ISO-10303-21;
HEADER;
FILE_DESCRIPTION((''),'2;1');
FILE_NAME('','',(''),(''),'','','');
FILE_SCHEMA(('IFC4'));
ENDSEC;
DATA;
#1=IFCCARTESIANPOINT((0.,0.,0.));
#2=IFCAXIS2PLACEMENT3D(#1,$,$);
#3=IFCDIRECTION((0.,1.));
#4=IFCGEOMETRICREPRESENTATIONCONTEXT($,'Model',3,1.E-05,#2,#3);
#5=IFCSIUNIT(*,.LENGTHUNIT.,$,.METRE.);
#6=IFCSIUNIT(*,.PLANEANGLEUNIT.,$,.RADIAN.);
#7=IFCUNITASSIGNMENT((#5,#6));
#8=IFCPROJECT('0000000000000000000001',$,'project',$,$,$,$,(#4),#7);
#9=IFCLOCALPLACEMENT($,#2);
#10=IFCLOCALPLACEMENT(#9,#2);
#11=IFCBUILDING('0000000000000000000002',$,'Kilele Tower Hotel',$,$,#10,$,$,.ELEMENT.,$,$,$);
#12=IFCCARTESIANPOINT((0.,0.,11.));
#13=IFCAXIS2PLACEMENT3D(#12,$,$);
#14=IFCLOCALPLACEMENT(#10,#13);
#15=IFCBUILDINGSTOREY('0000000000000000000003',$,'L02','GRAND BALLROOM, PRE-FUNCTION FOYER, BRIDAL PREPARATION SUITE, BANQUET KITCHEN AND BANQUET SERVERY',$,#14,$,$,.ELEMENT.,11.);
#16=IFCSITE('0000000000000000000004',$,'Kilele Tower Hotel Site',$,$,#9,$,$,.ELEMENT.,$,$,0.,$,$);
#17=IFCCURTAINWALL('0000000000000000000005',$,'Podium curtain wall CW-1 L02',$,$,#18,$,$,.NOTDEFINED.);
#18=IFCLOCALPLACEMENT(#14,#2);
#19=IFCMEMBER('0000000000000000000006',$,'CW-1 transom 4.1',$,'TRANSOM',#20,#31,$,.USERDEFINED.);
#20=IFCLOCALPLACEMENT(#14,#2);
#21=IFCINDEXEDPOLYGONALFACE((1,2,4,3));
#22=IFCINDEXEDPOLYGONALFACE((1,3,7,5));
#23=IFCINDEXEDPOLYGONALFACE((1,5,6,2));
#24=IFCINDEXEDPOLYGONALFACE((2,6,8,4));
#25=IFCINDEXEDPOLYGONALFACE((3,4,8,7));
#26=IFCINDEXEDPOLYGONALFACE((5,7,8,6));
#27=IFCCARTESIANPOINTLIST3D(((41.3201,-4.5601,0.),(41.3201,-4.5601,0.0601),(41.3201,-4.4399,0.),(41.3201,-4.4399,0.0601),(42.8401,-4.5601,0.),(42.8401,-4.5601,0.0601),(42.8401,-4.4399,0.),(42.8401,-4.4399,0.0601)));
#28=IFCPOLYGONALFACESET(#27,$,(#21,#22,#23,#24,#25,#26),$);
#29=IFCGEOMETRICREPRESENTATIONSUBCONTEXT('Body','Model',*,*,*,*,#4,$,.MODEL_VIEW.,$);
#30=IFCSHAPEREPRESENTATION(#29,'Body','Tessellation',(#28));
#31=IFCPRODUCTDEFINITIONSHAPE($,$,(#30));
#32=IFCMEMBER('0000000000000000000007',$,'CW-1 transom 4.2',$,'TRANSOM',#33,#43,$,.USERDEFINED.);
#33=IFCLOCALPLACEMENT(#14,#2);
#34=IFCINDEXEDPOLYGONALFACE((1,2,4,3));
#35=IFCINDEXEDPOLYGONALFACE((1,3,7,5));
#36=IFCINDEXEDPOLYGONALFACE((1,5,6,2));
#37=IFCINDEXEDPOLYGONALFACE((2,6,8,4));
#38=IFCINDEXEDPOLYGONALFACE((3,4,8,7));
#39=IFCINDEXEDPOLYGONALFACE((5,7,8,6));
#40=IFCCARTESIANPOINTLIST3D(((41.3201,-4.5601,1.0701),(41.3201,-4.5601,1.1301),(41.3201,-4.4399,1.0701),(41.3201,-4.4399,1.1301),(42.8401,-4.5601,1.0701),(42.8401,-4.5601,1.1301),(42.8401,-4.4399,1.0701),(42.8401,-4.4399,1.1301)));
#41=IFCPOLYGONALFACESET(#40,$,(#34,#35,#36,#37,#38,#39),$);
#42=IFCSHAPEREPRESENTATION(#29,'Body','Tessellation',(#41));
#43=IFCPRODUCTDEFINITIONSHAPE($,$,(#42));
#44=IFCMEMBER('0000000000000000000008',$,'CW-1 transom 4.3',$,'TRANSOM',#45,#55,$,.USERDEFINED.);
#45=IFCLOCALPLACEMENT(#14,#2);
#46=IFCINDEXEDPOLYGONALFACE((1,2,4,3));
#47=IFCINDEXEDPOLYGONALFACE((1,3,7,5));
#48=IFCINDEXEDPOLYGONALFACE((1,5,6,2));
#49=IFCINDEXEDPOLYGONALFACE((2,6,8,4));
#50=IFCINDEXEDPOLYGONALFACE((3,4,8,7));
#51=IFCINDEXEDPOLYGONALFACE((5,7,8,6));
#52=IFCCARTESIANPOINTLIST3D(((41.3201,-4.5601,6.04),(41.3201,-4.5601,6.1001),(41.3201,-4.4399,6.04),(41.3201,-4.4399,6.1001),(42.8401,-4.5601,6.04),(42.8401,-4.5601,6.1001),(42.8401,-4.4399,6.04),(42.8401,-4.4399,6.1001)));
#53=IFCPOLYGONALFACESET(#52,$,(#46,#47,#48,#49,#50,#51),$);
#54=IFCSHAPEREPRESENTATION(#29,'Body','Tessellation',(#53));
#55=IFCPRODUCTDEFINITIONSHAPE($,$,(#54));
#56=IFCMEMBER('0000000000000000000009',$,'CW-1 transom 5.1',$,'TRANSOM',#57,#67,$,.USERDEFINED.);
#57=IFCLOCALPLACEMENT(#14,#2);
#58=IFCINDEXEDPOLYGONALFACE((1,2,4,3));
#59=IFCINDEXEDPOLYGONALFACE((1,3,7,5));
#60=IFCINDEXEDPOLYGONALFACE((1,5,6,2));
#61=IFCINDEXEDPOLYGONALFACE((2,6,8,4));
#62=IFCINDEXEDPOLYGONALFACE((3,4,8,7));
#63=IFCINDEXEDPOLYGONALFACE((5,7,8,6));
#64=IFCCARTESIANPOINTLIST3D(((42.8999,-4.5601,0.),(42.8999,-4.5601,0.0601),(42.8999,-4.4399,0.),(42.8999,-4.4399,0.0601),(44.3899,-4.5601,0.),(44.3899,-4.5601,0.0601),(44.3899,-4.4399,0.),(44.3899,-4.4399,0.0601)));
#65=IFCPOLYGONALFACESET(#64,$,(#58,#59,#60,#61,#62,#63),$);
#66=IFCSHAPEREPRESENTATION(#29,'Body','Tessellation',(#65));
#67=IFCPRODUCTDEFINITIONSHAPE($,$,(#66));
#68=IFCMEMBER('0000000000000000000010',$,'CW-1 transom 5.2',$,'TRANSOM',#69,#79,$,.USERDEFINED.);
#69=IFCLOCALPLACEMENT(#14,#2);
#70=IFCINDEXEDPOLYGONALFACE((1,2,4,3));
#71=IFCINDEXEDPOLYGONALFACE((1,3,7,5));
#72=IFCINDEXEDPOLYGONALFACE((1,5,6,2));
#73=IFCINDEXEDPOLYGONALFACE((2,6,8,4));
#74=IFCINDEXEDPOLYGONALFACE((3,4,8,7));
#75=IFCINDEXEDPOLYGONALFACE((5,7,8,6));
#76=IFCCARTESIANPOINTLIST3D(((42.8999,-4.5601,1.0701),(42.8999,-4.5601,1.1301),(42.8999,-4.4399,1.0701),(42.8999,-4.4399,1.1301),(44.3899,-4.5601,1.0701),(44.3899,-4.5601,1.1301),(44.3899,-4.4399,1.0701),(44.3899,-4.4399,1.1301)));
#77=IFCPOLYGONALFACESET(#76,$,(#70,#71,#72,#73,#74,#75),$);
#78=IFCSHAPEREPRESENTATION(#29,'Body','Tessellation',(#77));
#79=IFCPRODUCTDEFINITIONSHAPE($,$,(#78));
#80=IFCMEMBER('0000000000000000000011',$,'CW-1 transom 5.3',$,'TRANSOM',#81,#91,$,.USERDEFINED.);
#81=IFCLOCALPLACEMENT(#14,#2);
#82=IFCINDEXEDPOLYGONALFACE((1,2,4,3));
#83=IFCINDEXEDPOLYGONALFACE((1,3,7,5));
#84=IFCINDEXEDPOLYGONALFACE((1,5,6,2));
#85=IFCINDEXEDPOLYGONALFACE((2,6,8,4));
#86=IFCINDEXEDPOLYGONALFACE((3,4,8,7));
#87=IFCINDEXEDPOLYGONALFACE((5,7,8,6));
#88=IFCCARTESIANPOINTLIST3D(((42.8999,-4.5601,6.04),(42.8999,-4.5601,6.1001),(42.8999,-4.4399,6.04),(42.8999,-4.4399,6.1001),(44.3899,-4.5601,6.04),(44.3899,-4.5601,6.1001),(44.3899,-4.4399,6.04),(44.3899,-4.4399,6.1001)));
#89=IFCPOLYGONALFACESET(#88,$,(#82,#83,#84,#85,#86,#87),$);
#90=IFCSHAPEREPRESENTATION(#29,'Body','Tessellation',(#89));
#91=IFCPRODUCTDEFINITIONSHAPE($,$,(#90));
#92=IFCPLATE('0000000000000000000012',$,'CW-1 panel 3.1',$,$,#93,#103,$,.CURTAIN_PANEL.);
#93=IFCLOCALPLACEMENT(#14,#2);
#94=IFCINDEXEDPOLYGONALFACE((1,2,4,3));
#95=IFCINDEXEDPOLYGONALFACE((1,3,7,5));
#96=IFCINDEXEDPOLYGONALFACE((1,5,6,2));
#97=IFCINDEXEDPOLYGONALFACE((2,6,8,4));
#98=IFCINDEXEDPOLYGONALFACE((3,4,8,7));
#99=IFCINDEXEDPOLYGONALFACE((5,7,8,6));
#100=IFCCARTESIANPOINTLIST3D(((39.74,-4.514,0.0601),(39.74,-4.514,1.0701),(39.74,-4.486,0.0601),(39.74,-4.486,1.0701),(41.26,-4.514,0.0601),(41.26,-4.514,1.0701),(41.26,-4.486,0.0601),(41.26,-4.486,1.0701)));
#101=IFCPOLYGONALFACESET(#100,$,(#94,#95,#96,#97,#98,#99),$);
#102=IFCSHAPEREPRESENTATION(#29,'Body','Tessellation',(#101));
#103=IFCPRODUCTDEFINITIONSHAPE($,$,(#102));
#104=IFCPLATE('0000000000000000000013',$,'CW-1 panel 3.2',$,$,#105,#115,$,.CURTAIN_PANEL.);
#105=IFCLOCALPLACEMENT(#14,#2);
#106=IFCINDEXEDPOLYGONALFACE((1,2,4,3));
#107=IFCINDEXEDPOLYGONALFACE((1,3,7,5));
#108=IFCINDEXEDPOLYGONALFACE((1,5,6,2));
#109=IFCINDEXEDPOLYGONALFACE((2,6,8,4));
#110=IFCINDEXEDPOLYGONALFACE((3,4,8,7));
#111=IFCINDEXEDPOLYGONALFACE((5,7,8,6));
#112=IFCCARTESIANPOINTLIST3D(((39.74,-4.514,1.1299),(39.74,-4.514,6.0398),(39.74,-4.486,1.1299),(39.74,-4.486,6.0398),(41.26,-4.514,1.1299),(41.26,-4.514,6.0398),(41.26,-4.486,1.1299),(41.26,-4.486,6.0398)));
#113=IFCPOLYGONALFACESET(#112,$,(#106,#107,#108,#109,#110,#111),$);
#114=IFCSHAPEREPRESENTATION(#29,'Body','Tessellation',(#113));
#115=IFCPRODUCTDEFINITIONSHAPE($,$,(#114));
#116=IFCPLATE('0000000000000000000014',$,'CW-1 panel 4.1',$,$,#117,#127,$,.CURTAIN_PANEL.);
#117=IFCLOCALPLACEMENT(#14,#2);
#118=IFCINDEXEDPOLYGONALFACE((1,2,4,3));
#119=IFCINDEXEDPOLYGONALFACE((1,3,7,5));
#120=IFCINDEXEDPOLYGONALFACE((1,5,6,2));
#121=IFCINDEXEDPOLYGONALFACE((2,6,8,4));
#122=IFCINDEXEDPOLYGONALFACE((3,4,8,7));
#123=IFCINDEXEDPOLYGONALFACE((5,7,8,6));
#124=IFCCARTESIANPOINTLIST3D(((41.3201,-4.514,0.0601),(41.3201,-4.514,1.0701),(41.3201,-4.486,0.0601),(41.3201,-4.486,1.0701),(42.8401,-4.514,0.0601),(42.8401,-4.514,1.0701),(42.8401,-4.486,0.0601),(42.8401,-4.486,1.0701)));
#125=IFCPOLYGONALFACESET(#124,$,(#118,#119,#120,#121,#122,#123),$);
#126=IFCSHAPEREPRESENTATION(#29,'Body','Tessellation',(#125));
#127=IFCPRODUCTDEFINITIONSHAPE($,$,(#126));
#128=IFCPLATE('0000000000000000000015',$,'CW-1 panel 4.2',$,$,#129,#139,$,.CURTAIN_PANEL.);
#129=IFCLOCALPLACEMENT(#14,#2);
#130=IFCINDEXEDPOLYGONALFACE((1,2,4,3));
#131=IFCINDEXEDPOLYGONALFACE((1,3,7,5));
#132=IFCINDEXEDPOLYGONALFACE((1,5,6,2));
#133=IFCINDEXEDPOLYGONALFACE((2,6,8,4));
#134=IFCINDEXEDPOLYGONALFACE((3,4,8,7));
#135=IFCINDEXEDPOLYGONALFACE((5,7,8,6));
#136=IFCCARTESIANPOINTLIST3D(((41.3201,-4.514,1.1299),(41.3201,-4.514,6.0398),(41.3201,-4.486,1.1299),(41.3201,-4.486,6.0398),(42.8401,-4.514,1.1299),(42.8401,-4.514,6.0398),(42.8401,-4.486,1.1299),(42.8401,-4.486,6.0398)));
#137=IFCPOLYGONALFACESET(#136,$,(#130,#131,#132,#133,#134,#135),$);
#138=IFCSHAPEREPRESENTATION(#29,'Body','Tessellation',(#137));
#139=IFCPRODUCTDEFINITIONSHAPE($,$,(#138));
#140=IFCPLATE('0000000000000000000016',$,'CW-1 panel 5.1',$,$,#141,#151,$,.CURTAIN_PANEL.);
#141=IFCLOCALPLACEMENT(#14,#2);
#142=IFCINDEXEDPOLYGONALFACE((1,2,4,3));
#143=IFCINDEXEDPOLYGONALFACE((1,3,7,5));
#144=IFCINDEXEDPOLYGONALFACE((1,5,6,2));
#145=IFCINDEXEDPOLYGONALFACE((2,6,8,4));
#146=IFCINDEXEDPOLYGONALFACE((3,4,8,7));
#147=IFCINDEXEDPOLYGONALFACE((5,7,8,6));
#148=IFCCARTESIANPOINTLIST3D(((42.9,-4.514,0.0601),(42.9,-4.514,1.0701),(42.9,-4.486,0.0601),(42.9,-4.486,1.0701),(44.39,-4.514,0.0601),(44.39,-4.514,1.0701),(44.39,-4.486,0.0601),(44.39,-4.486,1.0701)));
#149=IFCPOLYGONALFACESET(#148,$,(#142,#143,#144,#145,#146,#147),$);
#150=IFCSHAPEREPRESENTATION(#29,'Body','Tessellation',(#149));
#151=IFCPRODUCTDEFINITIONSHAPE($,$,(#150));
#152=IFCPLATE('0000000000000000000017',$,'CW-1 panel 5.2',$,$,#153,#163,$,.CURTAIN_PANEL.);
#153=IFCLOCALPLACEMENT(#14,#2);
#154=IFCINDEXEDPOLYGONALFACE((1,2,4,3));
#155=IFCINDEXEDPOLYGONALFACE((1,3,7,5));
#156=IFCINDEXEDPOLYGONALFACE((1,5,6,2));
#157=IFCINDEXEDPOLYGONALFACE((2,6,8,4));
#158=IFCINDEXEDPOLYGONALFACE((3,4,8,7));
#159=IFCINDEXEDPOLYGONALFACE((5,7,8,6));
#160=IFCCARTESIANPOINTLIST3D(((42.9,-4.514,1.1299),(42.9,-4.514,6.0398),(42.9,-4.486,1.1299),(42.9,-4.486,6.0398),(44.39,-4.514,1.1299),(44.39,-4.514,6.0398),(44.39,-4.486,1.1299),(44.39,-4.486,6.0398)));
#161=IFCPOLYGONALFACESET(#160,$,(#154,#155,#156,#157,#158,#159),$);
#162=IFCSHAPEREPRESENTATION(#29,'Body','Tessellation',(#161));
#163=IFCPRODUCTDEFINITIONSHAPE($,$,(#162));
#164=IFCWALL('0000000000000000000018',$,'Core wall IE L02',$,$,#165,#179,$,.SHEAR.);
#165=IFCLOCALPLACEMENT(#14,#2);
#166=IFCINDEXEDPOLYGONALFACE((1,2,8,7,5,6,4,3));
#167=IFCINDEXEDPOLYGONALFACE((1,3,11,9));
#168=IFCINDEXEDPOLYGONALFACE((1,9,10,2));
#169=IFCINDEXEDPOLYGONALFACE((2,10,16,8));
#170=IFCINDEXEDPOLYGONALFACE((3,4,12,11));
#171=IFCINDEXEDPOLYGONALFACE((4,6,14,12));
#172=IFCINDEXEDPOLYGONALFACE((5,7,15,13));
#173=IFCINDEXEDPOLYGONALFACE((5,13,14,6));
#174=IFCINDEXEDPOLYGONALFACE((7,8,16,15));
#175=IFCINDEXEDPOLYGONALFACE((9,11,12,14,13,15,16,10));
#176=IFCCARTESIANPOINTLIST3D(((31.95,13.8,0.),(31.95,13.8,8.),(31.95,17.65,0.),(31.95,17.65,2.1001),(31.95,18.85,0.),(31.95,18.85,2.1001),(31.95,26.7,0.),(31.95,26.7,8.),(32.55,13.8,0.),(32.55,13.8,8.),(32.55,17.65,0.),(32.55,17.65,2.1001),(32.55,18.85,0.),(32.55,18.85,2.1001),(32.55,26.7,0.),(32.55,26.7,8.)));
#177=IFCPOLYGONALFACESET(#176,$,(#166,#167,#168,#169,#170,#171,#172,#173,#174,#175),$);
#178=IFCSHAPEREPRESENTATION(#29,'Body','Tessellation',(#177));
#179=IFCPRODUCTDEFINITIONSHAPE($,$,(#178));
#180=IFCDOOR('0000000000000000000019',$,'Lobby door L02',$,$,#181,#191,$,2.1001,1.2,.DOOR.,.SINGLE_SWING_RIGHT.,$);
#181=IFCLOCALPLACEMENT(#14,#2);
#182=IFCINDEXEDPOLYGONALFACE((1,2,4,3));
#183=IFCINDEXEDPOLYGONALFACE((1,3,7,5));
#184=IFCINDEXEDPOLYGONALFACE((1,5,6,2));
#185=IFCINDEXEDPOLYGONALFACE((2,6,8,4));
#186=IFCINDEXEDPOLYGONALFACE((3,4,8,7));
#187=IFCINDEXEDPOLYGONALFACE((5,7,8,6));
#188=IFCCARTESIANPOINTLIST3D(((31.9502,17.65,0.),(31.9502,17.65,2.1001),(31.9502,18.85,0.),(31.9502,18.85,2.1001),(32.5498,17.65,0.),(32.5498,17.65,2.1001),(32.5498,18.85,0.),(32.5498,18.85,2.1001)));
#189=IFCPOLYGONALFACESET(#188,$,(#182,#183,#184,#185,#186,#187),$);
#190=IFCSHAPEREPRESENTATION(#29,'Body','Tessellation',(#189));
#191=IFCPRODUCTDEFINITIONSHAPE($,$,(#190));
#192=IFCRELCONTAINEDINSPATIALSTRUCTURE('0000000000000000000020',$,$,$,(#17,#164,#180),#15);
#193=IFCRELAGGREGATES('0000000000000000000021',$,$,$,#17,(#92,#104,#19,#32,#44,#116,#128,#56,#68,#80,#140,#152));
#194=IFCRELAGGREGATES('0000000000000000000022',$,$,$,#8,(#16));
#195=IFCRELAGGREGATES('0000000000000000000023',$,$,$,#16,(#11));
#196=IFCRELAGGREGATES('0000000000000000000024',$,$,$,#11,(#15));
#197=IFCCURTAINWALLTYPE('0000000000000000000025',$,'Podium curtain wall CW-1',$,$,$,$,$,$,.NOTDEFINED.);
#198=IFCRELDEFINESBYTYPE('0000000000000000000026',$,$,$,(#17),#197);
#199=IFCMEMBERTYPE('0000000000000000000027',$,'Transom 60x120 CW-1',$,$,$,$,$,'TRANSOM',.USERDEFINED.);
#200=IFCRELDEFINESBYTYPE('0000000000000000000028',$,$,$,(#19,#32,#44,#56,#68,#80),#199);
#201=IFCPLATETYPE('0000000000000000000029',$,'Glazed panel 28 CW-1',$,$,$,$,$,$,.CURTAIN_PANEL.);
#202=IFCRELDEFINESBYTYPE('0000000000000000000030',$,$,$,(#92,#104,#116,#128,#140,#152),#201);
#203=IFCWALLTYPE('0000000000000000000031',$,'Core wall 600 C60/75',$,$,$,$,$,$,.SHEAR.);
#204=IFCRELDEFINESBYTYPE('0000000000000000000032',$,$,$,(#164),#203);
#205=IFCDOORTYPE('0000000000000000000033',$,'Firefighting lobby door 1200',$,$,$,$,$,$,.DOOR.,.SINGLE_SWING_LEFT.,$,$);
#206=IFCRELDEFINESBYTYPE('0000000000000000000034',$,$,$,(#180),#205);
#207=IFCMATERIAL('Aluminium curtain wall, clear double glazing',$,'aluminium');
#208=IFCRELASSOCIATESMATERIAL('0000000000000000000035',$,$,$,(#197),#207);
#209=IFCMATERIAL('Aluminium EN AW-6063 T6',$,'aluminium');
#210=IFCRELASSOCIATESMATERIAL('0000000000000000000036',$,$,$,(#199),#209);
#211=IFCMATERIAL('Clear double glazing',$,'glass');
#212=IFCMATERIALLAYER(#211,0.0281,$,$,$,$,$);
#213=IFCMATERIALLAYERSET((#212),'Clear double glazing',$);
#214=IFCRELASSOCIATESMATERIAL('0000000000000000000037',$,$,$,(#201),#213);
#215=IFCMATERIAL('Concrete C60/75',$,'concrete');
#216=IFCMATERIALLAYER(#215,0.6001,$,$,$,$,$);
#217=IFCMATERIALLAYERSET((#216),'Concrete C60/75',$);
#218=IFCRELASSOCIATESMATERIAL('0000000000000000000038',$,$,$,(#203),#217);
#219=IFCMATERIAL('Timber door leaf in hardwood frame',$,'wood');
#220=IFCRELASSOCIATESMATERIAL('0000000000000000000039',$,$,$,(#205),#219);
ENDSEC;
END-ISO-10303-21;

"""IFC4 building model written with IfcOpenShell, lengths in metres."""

from ifc_helpers import new_model, si_unit, direction, frame, frame_2d, origin, origin_2d, place, context, subcontext, project, spatial, rectangle, extrude, material, layer, layer_set, material_profile, profile_set, type_object, element, fill, aggregate, save


model = new_model("IFC4")

# Units and contexts
model_context = context("Model", 3, precision=1e-05, world=origin(), true_north=direction((0.0, 1.0)))
body_context = subcontext(model_context, "Body", "Model", "MODEL_VIEW")
ifc_project = project(units=[si_unit("LENGTHUNIT", "METRE"), si_unit("PLANEANGLEUNIT", "RADIAN")], contexts=[model_context])

# Site, building, storey
site_placement = place(None, origin())
site = spatial("IfcSite", under=ifc_project, at=site_placement, Name="Kilele Tower Hotel Site", CompositionType="ELEMENT", RefElevation=0.0)
building_placement = place(site_placement, origin())
building = spatial("IfcBuilding", under=site, at=building_placement, Name="Kilele Tower Hotel", CompositionType="ELEMENT")
storey_placement = place(building_placement, frame((0.0, 0.0, 11.0)))
storey = spatial("IfcBuildingStorey", under=building, at=storey_placement, Name="L02", Description="GRAND BALLROOM, PRE-FUNCTION FOYER, BRIDAL PREPARATION SUITE, BANQUET KITCHEN AND BANQUET SERVERY", CompositionType="ELEMENT", Elevation=11.0)

# Curtain wall
ifc_material_1 = material(Name="Aluminium curtain wall, clear double glazing", Category="aluminium")
curtain_wall_type = type_object("IfcCurtainWallType", Name="Podium curtain wall CW-1", PredefinedType="NOTDEFINED", material=ifc_material_1)
curtain_wall_placement = place(storey_placement, origin())
curtain_wall = element("IfcCurtainWall", 1, at=curtain_wall_placement, inside=storey, type_object=curtain_wall_type, Name="Podium curtain wall CW-1 L02", PredefinedType="NOTDEFINED")

# Members
ifc_material_2 = material(Name="Aluminium EN AW-6063 T6", Category="aluminium")
ifc_material_profile_1 = material_profile(ifc_material_2, rectangle(XDim=0.1201, YDim=0.0601, at=origin_2d()))
ifc_profile_set_1 = profile_set([ifc_material_profile_1], Name="Aluminium EN AW-6063 T6")
member_type_1 = type_object("IfcMemberType", Name="Transom 60x120 CW-1", ElementType="TRANSOM", PredefinedType="USERDEFINED", material=ifc_profile_set_1)
member_1_placement = place(storey_placement, frame((41.3201, -4.5, 0.03), z_axis=(1.0, 0.0, 0.0), x_axis=(0.0, 1.0, 0.0)))
member_1 = element("IfcMember", 2, at=member_1_placement, type_object=member_type_1, Name="CW-1 transom 4.1", ObjectType="TRANSOM", PredefinedType="USERDEFINED", context=body_context, shape_type="SweptSolid", body=[
    extrude(rectangle(XDim=0.1201, YDim=0.0601, at=origin_2d()), origin(), (0.0, 0.0, 1.0), 1.52),
])
member_2_placement = place(storey_placement, frame((41.3201, -4.5, 1.1001), z_axis=(1.0, 0.0, 0.0), x_axis=(0.0, 1.0, 0.0)))
member_2 = element("IfcMember", 3, at=member_2_placement, type_object=member_type_1, Name="CW-1 transom 4.2", ObjectType="TRANSOM", PredefinedType="USERDEFINED", context=body_context, shape_type="SweptSolid", body=[
    extrude(rectangle(XDim=0.1201, YDim=0.0601, at=origin_2d()), origin(), (0.0, 0.0, 1.0), 1.52),
])
member_3_placement = place(storey_placement, frame((41.3201, -4.5, 6.0701), z_axis=(1.0, 0.0, 0.0), x_axis=(0.0, 1.0, 0.0)))
member_3 = element("IfcMember", 4, at=member_3_placement, type_object=member_type_1, Name="CW-1 transom 4.3", ObjectType="TRANSOM", PredefinedType="USERDEFINED", context=body_context, shape_type="SweptSolid", body=[
    extrude(rectangle(XDim=0.1201, YDim=0.0601, at=origin_2d()), origin(), (0.0, 0.0, 1.0), 1.52),
])
member_4_placement = place(storey_placement, frame((42.8999, -4.5, 0.03), z_axis=(1.0, 0.0, 0.0), x_axis=(0.0, 1.0, 0.0)))
member_4 = element("IfcMember", 5, at=member_4_placement, type_object=member_type_1, Name="CW-1 transom 5.1", ObjectType="TRANSOM", PredefinedType="USERDEFINED", context=body_context, shape_type="SweptSolid", body=[
    extrude(rectangle(XDim=0.1201, YDim=0.0601, at=origin_2d()), origin(), (0.0, 0.0, 1.0), 1.49),
])
member_5_placement = place(storey_placement, frame((42.8999, -4.5, 1.1001), z_axis=(1.0, 0.0, 0.0), x_axis=(0.0, 1.0, 0.0)))
member_5 = element("IfcMember", 6, at=member_5_placement, type_object=member_type_1, Name="CW-1 transom 5.2", ObjectType="TRANSOM", PredefinedType="USERDEFINED", context=body_context, shape_type="SweptSolid", body=[
    extrude(rectangle(XDim=0.1201, YDim=0.0601, at=origin_2d()), origin(), (0.0, 0.0, 1.0), 1.49),
])
member_6_placement = place(storey_placement, frame((42.8999, -4.5, 6.0701), z_axis=(1.0, 0.0, 0.0), x_axis=(0.0, 1.0, 0.0)))
member_6 = element("IfcMember", 7, at=member_6_placement, type_object=member_type_1, Name="CW-1 transom 5.3", ObjectType="TRANSOM", PredefinedType="USERDEFINED", context=body_context, shape_type="SweptSolid", body=[
    extrude(rectangle(XDim=0.1201, YDim=0.0601, at=origin_2d()), origin(), (0.0, 0.0, 1.0), 1.49),
])

# Plates
ifc_material_3 = material(Name="Clear double glazing", Category="glass")
ifc_layer_1 = layer(ifc_material_3, 0.0281)
ifc_layer_set_1 = layer_set([ifc_layer_1], Name="Clear double glazing")
plate_type = type_object("IfcPlateType", Name="Glazed panel 28 CW-1", PredefinedType="CURTAIN_PANEL", material=ifc_layer_set_1)
plate_1_placement = place(storey_placement, frame((40.5, -4.5, 0.0601), z_axis=(0.0, 0.0, 1.0), x_axis=(1.0, 0.0, 0.0)))
plate_1 = element("IfcPlate", 8, at=plate_1_placement, type_object=plate_type, Name="CW-1 panel 3.1", PredefinedType="CURTAIN_PANEL", context=body_context, shape_type="SweptSolid", body=[
    extrude(rectangle(XDim=1.52, YDim=0.0281, at=origin_2d()), origin(), (0.0, 0.0, 1.0), 1.01),
])
plate_2_placement = place(storey_placement, frame((40.5, -4.5, 1.1299), z_axis=(0.0, 0.0, 1.0), x_axis=(1.0, 0.0, 0.0)))
plate_2 = element("IfcPlate", 9, at=plate_2_placement, type_object=plate_type, Name="CW-1 panel 3.2", PredefinedType="CURTAIN_PANEL", context=body_context, shape_type="SweptSolid", body=[
    extrude(rectangle(XDim=1.52, YDim=0.0281, at=origin_2d()), origin(), (0.0, 0.0, 1.0), 4.9099),
])
plate_3_placement = place(storey_placement, frame((42.0801, -4.5, 0.0601), z_axis=(0.0, 0.0, 1.0), x_axis=(1.0, 0.0, 0.0)))
plate_3 = element("IfcPlate", 10, at=plate_3_placement, type_object=plate_type, Name="CW-1 panel 4.1", PredefinedType="CURTAIN_PANEL", context=body_context, shape_type="SweptSolid", body=[
    extrude(rectangle(XDim=1.52, YDim=0.0281, at=origin_2d()), origin(), (0.0, 0.0, 1.0), 1.01),
])
plate_4_placement = place(storey_placement, frame((42.0801, -4.5, 1.1299), z_axis=(0.0, 0.0, 1.0), x_axis=(1.0, 0.0, 0.0)))
plate_4 = element("IfcPlate", 11, at=plate_4_placement, type_object=plate_type, Name="CW-1 panel 4.2", PredefinedType="CURTAIN_PANEL", context=body_context, shape_type="SweptSolid", body=[
    extrude(rectangle(XDim=1.52, YDim=0.0281, at=origin_2d()), origin(), (0.0, 0.0, 1.0), 4.9099),
])
plate_5_placement = place(storey_placement, frame((43.645, -4.5, 0.0601), z_axis=(0.0, 0.0, 1.0), x_axis=(1.0, 0.0, 0.0)))
plate_5 = element("IfcPlate", 12, at=plate_5_placement, type_object=plate_type, Name="CW-1 panel 5.1", PredefinedType="CURTAIN_PANEL", context=body_context, shape_type="SweptSolid", body=[
    extrude(rectangle(XDim=1.49, YDim=0.0281, at=origin_2d()), origin(), (0.0, 0.0, 1.0), 1.01),
])
plate_6_placement = place(storey_placement, frame((43.645, -4.5, 1.1299), z_axis=(0.0, 0.0, 1.0), x_axis=(1.0, 0.0, 0.0)))
plate_6 = element("IfcPlate", 13, at=plate_6_placement, type_object=plate_type, Name="CW-1 panel 5.2", PredefinedType="CURTAIN_PANEL", context=body_context, shape_type="SweptSolid", body=[
    extrude(rectangle(XDim=1.49, YDim=0.0281, at=origin_2d()), origin(), (0.0, 0.0, 1.0), 4.9099),
])
aggregate(curtain_wall, [plate_1, plate_2, member_1, member_2, member_3, plate_3, plate_4, member_4, member_5, member_6, plate_5, plate_6])

# Wall, opening, door
ifc_material_4 = material(Name="Concrete C60/75", Category="concrete")
ifc_layer_2 = layer(ifc_material_4, 0.6001)
ifc_layer_set_2 = layer_set([ifc_layer_2], Name="Concrete C60/75")
wall_type_1 = type_object("IfcWallType", Name="Core wall 600 C60/75", PredefinedType="SHEAR", material=ifc_layer_set_2)
wall_1_placement = place(storey_placement, frame((32.25, 13.8, 0.0), z_axis=(0.0, 0.0, 1.0), x_axis=(0.0, 1.0, 0.0)))
wall_1 = element("IfcWall", 14, at=wall_1_placement, inside=storey, type_object=wall_type_1, Name="Core wall IE L02", PredefinedType="SHEAR", context=body_context, shape_type="SweptSolid", body=[
    extrude(rectangle(XDim=12.8999, YDim=0.6001, at=frame_2d((6.45, 0.0))), origin(), (0.0, 0.0, 1.0), 8.0),
])
opening_1_placement = place(wall_1_placement, frame((5.05, 0.0, 0.0), z_axis=(0.0, 0.0, 1.0), x_axis=(-1.0, 0.0, 0.0)))
opening_1 = element("IfcOpeningElement", 15, at=opening_1_placement, cuts=wall_1, PredefinedType="OPENING", context=body_context, shape_type="SweptSolid", body=[
    extrude(rectangle(XDim=1.2, YDim=2.1001, at=frame_2d((0.6001, 1.05))), frame((0.0, 0.3101, 0.0), z_axis=(0.0, -1.0, 0.0), x_axis=(1.0, 0.0, 0.0)), (0.0, 0.0, 1.0), 0.6201),
])
ifc_material_5 = material(Name="Timber door leaf in hardwood frame", Category="wood")
door_type_1 = type_object("IfcDoorType", Name="Firefighting lobby door 1200", OperationType="SINGLE_SWING_LEFT", PredefinedType="DOOR", material=ifc_material_5)
door_1_placement = place(opening_1_placement, origin())
door_1 = element("IfcDoor", 16, at=door_1_placement, inside=storey, type_object=door_type_1, Name="Lobby door L02", OperationType="SINGLE_SWING_RIGHT", OverallHeight=2.1001, OverallWidth=1.2, PredefinedType="DOOR", context=body_context, shape_type="SweptSolid", body=[
    extrude(rectangle(XDim=1.2, YDim=2.1001, at=frame_2d((0.6001, 1.05))), frame((0.0, 0.2998, 0.0), z_axis=(0.0, -1.0, 0.0), x_axis=(1.0, 0.0, 0.0)), (0.0, 0.0, 1.0), 0.5996),
])
fill(opening_1, door_1)

save(model, "model.ifc")
